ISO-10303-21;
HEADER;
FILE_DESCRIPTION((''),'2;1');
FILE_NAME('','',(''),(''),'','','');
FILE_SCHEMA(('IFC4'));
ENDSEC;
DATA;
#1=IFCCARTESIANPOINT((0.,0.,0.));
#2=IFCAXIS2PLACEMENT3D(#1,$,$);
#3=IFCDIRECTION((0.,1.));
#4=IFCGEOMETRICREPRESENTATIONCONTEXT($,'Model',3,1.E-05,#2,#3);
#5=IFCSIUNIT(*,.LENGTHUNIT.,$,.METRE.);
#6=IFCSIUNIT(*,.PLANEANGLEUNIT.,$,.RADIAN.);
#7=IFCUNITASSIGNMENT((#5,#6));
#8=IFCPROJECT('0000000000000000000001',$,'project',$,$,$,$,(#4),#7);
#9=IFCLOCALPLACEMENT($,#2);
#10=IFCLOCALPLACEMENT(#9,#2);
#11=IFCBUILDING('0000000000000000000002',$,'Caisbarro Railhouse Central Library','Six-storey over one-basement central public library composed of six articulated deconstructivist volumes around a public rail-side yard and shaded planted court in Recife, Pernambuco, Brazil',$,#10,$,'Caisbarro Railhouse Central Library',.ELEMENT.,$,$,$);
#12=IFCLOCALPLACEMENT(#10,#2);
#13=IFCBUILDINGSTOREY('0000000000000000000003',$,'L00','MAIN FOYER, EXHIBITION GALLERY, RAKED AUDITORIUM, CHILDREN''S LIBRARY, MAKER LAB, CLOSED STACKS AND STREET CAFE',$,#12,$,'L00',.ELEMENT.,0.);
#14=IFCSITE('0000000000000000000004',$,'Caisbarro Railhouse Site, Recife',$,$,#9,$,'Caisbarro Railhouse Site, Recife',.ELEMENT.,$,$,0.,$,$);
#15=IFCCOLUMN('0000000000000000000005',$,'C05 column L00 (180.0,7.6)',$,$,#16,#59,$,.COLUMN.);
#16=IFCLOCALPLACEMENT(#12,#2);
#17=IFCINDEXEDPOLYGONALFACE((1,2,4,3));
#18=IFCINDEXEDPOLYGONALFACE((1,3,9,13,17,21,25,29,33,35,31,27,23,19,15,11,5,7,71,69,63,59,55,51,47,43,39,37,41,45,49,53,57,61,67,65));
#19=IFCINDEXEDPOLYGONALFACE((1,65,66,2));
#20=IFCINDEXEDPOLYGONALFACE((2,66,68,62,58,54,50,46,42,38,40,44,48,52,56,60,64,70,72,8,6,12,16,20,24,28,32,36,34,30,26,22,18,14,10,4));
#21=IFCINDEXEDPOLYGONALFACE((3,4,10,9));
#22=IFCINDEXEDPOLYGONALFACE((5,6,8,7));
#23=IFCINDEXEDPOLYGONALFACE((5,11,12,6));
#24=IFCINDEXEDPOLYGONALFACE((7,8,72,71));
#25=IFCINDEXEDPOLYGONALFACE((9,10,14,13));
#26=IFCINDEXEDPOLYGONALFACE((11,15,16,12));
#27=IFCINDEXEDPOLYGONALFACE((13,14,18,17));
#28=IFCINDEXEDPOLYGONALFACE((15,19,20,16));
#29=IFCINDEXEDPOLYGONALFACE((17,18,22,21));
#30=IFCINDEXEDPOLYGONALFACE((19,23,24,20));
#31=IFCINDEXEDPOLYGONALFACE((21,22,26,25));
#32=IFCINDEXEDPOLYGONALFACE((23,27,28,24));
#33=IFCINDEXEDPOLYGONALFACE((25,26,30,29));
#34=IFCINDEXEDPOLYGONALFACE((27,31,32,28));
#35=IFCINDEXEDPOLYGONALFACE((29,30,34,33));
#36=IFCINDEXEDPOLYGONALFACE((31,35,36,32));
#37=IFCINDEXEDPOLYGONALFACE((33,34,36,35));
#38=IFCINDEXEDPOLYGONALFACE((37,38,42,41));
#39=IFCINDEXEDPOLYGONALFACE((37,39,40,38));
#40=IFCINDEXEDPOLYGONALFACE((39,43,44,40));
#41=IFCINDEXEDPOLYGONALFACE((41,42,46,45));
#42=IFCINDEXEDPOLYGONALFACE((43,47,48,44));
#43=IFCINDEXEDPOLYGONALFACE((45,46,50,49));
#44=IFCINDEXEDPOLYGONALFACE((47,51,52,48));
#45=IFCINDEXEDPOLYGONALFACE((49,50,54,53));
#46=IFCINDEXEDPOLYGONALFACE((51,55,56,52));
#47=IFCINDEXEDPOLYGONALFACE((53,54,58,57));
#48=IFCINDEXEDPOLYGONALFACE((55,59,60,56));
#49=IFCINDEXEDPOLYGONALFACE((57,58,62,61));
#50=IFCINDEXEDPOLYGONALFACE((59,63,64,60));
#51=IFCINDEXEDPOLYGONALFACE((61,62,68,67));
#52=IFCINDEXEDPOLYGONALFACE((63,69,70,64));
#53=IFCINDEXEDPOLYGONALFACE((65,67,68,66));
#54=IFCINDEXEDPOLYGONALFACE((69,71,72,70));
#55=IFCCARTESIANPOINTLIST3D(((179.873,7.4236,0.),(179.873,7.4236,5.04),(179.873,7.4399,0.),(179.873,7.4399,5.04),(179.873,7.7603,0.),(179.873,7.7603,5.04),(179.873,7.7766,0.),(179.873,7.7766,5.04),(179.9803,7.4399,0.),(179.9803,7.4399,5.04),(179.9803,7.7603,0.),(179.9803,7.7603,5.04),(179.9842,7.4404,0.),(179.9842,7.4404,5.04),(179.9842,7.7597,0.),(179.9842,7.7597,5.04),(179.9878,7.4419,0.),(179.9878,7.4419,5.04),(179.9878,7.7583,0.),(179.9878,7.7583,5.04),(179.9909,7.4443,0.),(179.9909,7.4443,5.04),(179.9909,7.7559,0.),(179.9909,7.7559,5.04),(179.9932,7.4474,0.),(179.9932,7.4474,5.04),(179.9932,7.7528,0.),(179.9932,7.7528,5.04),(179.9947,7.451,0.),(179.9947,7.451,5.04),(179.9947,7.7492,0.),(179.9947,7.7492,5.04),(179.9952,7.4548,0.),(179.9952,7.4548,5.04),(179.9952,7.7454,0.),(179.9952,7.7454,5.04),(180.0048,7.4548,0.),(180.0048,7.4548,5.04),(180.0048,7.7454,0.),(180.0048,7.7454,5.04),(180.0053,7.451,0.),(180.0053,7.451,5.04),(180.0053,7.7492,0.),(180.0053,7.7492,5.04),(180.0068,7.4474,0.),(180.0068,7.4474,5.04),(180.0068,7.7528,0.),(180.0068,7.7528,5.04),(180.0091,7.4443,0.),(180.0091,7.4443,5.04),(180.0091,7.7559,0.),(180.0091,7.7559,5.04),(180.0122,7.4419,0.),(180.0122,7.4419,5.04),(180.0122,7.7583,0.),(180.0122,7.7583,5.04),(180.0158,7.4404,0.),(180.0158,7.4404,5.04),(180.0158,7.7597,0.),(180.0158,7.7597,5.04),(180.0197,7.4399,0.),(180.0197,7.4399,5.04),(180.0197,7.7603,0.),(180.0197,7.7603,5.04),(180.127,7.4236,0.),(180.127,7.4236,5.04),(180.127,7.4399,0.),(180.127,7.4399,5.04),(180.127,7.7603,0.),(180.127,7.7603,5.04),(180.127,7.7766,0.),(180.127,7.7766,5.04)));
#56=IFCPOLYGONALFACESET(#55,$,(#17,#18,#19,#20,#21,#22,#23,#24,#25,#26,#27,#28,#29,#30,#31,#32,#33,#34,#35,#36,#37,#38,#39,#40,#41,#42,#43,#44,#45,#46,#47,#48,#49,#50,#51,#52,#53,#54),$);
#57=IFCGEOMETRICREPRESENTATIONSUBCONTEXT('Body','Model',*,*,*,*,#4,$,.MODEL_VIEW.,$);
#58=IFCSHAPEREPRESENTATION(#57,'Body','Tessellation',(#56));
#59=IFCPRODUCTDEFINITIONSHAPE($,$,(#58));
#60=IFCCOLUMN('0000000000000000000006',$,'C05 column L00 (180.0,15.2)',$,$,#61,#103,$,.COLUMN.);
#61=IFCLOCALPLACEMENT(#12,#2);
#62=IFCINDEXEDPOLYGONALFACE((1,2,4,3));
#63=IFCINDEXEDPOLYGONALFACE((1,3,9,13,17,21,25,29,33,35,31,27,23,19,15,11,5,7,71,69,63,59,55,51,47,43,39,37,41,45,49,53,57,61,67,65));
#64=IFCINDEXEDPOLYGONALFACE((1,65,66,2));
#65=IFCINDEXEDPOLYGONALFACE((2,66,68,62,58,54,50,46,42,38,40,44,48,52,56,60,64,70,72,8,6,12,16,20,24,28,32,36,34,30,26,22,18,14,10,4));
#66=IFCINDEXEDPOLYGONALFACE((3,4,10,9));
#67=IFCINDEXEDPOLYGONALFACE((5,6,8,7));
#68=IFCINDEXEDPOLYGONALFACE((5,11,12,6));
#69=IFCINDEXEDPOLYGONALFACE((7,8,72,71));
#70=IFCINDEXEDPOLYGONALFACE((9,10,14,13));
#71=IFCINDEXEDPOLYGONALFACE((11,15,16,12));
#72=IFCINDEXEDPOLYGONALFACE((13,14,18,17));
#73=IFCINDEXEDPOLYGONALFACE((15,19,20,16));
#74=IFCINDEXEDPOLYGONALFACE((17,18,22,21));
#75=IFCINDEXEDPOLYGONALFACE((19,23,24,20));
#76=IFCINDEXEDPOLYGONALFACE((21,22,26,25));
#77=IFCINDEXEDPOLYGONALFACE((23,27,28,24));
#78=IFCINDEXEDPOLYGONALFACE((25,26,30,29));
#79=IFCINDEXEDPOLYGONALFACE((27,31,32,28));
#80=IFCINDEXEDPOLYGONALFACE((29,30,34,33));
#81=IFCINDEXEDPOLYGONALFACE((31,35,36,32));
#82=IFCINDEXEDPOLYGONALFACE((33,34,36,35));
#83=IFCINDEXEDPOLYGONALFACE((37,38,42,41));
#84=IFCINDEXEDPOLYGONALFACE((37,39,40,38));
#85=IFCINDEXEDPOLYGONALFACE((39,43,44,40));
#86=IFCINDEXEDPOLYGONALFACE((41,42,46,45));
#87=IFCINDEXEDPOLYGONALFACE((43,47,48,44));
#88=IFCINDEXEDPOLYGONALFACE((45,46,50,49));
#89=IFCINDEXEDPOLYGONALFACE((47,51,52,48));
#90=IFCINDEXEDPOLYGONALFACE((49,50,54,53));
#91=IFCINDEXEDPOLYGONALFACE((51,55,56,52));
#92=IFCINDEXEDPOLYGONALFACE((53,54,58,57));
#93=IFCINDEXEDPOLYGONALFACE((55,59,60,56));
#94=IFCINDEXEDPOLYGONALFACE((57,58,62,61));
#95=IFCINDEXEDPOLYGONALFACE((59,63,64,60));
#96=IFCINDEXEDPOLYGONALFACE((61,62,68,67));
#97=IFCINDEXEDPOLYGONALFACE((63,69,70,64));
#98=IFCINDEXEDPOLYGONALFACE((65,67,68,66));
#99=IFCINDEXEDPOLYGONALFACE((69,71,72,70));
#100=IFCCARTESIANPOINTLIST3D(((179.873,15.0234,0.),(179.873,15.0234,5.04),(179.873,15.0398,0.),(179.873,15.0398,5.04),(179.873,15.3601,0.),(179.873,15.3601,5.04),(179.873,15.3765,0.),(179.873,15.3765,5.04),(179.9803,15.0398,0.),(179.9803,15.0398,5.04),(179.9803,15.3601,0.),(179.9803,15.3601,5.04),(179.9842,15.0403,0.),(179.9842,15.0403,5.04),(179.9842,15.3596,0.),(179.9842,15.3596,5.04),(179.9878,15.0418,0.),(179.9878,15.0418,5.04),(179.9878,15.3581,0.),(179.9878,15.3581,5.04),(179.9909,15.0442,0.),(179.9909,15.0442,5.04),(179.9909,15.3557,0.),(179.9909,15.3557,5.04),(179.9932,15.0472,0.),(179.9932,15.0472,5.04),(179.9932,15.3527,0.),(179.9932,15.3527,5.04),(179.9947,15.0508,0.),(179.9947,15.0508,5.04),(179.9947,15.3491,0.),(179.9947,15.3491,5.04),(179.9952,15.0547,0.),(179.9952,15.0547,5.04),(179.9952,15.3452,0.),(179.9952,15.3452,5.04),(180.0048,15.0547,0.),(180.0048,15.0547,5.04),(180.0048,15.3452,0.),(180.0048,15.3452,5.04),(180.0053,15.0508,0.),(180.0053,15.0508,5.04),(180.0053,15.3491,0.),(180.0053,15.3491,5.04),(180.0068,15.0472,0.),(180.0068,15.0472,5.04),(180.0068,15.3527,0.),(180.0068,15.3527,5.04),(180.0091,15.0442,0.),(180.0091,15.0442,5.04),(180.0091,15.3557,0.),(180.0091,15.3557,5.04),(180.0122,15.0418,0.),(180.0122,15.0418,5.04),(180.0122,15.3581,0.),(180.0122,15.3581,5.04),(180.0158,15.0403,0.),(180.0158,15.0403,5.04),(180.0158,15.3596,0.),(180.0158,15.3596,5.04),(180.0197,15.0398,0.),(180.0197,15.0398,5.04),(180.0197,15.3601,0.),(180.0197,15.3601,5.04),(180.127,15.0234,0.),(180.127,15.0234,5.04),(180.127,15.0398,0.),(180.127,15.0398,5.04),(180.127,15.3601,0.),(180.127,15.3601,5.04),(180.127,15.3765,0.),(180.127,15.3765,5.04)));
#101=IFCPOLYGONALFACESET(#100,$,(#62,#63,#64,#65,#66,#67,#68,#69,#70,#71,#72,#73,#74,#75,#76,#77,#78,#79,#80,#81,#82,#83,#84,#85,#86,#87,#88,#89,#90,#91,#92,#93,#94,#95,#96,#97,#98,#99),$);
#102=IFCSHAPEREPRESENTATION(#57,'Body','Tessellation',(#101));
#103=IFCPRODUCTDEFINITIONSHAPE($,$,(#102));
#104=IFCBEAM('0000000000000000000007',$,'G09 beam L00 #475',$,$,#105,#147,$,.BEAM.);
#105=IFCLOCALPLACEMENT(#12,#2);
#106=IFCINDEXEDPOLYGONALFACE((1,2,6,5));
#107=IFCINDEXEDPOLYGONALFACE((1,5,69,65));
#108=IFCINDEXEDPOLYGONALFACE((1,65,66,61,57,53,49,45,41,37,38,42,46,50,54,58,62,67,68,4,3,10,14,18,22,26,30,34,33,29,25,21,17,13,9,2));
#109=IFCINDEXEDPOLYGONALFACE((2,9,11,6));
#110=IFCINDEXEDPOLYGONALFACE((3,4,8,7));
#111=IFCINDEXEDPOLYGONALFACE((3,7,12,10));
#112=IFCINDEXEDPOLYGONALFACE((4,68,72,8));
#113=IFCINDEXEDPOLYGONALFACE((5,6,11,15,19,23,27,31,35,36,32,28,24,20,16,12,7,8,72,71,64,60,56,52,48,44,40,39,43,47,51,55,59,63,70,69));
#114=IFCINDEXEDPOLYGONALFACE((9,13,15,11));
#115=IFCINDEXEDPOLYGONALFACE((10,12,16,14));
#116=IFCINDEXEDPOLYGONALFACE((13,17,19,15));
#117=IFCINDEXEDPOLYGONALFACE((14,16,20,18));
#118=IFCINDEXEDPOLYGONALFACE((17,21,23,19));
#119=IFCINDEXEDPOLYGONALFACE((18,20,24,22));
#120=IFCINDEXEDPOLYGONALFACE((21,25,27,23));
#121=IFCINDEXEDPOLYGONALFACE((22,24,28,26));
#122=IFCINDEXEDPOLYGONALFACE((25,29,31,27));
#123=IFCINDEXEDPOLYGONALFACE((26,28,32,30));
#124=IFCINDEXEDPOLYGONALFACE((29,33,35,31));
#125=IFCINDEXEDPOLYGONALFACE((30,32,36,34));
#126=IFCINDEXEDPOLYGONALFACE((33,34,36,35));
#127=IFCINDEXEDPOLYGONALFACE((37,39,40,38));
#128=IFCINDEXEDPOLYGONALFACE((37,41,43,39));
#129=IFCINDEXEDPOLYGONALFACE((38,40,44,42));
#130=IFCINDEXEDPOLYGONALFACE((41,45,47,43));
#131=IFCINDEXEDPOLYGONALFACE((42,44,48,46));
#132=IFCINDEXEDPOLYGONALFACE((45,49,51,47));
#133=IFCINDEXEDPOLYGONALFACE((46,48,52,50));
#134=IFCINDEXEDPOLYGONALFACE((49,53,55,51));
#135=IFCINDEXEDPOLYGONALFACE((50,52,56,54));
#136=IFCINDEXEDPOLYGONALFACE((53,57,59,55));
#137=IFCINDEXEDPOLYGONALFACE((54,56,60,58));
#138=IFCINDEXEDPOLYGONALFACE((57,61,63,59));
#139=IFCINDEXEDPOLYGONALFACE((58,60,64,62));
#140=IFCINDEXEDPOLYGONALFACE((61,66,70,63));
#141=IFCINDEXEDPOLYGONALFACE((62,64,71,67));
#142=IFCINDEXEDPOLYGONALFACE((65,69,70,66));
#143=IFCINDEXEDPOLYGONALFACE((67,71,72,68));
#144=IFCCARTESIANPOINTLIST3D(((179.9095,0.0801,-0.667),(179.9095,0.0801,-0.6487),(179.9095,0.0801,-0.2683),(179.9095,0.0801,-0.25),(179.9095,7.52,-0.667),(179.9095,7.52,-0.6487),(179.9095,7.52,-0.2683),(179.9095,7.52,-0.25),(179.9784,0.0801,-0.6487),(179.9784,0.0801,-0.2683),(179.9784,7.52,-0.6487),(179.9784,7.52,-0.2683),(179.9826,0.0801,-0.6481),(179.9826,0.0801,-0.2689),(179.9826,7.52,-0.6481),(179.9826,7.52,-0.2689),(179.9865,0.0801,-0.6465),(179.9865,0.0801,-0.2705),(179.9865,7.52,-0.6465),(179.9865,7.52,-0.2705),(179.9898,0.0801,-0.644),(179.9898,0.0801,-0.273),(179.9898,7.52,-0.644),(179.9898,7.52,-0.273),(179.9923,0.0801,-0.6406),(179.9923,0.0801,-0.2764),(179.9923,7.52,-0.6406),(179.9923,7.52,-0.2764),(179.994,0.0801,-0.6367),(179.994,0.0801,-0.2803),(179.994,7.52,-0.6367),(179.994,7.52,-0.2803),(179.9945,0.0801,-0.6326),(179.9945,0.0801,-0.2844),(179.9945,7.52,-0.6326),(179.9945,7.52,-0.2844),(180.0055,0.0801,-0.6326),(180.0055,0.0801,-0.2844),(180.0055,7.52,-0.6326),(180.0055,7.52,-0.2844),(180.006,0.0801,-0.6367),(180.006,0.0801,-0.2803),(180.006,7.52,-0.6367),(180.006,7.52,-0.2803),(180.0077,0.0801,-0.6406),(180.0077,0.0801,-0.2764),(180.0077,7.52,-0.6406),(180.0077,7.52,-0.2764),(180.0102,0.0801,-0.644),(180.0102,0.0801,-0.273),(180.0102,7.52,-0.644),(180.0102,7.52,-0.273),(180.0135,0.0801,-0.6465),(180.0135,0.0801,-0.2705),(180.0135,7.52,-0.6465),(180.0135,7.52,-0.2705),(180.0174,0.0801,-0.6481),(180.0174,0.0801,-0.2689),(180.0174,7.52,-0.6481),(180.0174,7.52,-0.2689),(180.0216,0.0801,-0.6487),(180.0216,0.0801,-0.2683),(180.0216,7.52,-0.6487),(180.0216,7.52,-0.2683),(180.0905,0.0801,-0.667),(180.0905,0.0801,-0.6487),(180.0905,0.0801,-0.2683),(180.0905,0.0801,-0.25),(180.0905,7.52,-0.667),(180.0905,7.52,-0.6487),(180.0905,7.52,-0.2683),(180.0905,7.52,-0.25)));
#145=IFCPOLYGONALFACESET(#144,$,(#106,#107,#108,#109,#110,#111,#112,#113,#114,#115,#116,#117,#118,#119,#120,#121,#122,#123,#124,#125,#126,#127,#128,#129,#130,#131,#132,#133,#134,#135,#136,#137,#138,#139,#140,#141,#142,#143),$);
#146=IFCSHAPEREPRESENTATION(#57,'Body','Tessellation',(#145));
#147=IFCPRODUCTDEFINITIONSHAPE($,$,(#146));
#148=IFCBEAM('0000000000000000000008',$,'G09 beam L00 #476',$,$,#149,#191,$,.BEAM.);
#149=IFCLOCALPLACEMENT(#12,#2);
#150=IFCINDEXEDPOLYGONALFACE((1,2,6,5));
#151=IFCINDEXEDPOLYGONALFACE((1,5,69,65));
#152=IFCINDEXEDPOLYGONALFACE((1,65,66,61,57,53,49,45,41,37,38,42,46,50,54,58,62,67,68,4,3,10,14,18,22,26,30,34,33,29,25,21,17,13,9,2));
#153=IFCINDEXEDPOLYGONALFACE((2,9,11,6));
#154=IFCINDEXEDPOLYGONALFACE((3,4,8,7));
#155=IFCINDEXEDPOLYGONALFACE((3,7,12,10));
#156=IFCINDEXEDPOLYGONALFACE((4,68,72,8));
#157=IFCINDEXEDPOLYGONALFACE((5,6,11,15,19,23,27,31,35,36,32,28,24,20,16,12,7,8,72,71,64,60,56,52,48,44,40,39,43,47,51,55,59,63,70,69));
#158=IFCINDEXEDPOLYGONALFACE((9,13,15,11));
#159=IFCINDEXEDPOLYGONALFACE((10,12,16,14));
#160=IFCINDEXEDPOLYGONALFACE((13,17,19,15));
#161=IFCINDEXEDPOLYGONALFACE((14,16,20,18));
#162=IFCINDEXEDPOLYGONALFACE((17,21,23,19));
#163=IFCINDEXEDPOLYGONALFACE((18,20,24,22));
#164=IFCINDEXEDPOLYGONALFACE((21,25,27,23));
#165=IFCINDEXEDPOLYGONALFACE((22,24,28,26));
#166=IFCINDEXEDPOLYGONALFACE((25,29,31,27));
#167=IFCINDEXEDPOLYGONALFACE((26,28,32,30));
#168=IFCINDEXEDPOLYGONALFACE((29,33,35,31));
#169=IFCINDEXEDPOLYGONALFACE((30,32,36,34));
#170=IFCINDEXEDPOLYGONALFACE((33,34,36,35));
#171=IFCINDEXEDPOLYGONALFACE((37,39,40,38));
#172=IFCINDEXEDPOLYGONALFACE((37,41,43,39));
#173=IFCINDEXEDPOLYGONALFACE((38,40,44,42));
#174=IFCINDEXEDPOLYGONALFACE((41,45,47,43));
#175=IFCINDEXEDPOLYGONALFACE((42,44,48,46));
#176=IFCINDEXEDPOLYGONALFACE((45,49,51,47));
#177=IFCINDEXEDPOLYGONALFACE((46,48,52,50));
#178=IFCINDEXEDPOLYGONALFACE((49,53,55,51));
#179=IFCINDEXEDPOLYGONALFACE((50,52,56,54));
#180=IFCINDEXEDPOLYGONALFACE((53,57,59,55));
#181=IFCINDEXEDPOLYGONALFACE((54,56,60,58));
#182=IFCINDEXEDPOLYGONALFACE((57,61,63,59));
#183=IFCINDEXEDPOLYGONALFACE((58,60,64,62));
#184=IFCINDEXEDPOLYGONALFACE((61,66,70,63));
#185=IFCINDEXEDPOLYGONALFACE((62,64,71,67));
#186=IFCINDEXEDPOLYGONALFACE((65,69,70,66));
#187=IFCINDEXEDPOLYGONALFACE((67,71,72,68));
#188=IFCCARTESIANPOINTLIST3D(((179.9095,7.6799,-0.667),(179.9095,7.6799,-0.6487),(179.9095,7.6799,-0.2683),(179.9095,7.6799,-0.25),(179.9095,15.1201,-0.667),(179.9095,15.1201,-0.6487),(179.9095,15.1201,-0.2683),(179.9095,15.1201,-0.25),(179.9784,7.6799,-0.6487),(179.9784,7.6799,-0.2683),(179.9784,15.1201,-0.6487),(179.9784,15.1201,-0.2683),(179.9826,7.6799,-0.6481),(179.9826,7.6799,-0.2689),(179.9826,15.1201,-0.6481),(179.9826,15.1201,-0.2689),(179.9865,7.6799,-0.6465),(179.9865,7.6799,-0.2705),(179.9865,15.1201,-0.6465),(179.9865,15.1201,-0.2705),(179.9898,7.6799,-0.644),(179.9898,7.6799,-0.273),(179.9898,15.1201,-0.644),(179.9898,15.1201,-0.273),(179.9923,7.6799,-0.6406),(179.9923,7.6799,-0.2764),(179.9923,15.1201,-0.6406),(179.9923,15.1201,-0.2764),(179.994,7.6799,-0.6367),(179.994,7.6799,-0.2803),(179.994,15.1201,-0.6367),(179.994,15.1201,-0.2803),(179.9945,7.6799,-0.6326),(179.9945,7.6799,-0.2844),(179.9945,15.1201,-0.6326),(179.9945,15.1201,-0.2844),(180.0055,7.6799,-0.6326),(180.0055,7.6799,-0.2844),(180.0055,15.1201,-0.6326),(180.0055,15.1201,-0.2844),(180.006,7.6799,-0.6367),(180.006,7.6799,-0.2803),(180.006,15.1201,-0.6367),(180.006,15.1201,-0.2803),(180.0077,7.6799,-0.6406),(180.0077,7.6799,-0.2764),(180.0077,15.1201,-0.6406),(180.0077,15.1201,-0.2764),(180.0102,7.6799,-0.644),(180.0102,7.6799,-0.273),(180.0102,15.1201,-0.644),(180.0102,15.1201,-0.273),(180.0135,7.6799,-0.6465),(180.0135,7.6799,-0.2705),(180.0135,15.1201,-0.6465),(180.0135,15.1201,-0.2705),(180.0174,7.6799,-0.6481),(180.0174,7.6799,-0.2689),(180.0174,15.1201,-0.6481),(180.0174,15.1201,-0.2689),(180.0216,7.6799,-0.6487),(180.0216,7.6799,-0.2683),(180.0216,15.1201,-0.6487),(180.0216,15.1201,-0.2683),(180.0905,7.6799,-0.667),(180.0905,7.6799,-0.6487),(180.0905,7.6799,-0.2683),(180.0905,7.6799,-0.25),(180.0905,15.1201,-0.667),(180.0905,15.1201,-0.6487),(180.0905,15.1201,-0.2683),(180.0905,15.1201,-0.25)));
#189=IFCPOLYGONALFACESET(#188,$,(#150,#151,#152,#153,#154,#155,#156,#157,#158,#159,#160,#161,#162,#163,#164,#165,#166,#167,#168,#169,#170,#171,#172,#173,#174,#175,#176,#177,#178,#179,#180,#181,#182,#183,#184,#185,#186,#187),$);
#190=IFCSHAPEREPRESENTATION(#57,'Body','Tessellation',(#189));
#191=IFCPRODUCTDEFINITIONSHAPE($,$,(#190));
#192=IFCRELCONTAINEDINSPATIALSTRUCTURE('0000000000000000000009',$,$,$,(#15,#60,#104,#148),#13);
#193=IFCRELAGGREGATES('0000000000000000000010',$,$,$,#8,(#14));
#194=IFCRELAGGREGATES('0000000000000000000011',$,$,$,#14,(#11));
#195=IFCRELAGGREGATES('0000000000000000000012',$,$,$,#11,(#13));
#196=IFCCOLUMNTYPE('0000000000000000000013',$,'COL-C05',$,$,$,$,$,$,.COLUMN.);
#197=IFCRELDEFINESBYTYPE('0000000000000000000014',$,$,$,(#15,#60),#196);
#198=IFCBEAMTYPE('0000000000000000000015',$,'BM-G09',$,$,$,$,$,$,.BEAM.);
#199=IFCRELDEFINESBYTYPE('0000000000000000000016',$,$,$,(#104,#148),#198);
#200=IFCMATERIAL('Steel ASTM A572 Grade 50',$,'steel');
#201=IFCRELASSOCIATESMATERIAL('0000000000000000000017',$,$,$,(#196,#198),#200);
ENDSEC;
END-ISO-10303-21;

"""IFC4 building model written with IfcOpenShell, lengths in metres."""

from ifc_helpers import new_model, si_unit, direction, frame, origin, origin_2d, place, context, subcontext, project, spatial, i_section, extrude, material, material_profile, profile_set, type_object, element, save


model = new_model("IFC4")

# Units and contexts
model_context = context("Model", 3, precision=1e-05, world=origin(), true_north=direction((0.0, 1.0)))
body_context = subcontext(model_context, "Body", "Model", "MODEL_VIEW")
ifc_project = project(units=[si_unit("LENGTHUNIT", "METRE"), si_unit("PLANEANGLEUNIT", "RADIAN")], contexts=[model_context])

# Site, building, storey
site_placement = place(None, origin())
site = spatial("IfcSite", under=ifc_project, at=site_placement, Name="Caisbarro Railhouse Site, Recife", LongName="Caisbarro Railhouse Site, Recife", CompositionType="ELEMENT", RefElevation=0.0)
building_placement = place(site_placement, origin())
building = spatial("IfcBuilding", under=site, at=building_placement, Name="Caisbarro Railhouse Central Library", Description="Six-storey over one-basement central public library composed of six articulated deconstructivist volumes around a public rail-side yard and shaded planted court in Recife, Pernambuco, Brazil", LongName="Caisbarro Railhouse Central Library", CompositionType="ELEMENT")
storey_placement = place(building_placement, origin())
storey = spatial("IfcBuildingStorey", under=building, at=storey_placement, Name="L00", Description="MAIN FOYER, EXHIBITION GALLERY, RAKED AUDITORIUM, CHILDREN'S LIBRARY, MAKER LAB, CLOSED STACKS AND STREET CAFE", LongName="L00", CompositionType="ELEMENT", Elevation=0.0)

# Columns
ifc_material_1 = material(Name="Steel ASTM A572 Grade 50", Category="steel")
ifc_material_profile_1 = material_profile(ifc_material_1, i_section(OverallWidth=0.2539, OverallDepth=0.353, WebThickness=0.0095, FlangeThickness=0.0164, FilletRadius=0.0149, at=origin_2d()), Name="W360X91.0")
ifc_profile_set_1 = profile_set([ifc_material_profile_1], Name="Steel ASTM A572 Grade 50")
column_type = type_object("IfcColumnType", Name="COL-C05", PredefinedType="COLUMN", material=ifc_profile_set_1)
for number, where, z_axis, x_axis, name in (
    (1, (180.0, 7.6001, 0.0), (0.0, 0.0, 1.0), (1.0, 0.0, 0.0), "C05 column L00 (180.0,7.6)"),
    (2, (180.0, 15.2, 0.0), (0.0, 0.0, 1.0), (1.0, 0.0, 0.0), "C05 column L00 (180.0,15.2)"),
):
    element("IfcColumn", number, at=place(storey_placement, frame(where, z_axis=z_axis, x_axis=x_axis)), inside=storey, type_object=column_type, Name=name, PredefinedType="COLUMN", context=body_context, shape_type="SweptSolid", body=[
        extrude(i_section(OverallWidth=0.2539, OverallDepth=0.353, WebThickness=0.0095, FlangeThickness=0.0164, FilletRadius=0.0149, at=origin_2d()), origin(), (0.0, 0.0, 1.0), 5.04),
    ])

# Beams
ifc_material_profile_2 = material_profile(ifc_material_1, i_section(OverallWidth=0.1809, OverallDepth=0.417, WebThickness=0.011, FlangeThickness=0.0183, FilletRadius=0.0161, at=origin_2d()), Name="W410X85.0")
ifc_profile_set_2 = profile_set([ifc_material_profile_2], Name="Steel ASTM A572 Grade 50")
beam_type_1 = type_object("IfcBeamType", Name="BM-G09", PredefinedType="BEAM", material=ifc_profile_set_2)
beam_1_placement = place(storey_placement, frame((180.0, 0.0801, -0.4585), z_axis=(0.0, 1.0, 0.0), x_axis=(-1.0, 0.0, 0.0)))
element("IfcBeam", 3, at=beam_1_placement, inside=storey, type_object=beam_type_1, Name="G09 beam L00 #475", PredefinedType="BEAM", context=body_context, shape_type="SweptSolid", body=[
    extrude(i_section(OverallWidth=0.1809, OverallDepth=0.417, WebThickness=0.011, FlangeThickness=0.0183, FilletRadius=0.0161, at=origin_2d()), origin(), (0.0, 0.0, 1.0), 7.4399),
])
beam_2_placement = place(storey_placement, frame((180.0, 7.6799, -0.4585), z_axis=(0.0, 1.0, 0.0), x_axis=(-1.0, 0.0, 0.0)))
element("IfcBeam", 4, at=beam_2_placement, inside=storey, type_object=beam_type_1, Name="G09 beam L00 #476", PredefinedType="BEAM", context=body_context, shape_type="SweptSolid", body=[
    extrude(i_section(OverallWidth=0.1809, OverallDepth=0.417, WebThickness=0.011, FlangeThickness=0.0183, FilletRadius=0.0161, at=origin_2d()), origin(), (0.0, 0.0, 1.0), 7.4402),
])

save(model, "model.ifc")
